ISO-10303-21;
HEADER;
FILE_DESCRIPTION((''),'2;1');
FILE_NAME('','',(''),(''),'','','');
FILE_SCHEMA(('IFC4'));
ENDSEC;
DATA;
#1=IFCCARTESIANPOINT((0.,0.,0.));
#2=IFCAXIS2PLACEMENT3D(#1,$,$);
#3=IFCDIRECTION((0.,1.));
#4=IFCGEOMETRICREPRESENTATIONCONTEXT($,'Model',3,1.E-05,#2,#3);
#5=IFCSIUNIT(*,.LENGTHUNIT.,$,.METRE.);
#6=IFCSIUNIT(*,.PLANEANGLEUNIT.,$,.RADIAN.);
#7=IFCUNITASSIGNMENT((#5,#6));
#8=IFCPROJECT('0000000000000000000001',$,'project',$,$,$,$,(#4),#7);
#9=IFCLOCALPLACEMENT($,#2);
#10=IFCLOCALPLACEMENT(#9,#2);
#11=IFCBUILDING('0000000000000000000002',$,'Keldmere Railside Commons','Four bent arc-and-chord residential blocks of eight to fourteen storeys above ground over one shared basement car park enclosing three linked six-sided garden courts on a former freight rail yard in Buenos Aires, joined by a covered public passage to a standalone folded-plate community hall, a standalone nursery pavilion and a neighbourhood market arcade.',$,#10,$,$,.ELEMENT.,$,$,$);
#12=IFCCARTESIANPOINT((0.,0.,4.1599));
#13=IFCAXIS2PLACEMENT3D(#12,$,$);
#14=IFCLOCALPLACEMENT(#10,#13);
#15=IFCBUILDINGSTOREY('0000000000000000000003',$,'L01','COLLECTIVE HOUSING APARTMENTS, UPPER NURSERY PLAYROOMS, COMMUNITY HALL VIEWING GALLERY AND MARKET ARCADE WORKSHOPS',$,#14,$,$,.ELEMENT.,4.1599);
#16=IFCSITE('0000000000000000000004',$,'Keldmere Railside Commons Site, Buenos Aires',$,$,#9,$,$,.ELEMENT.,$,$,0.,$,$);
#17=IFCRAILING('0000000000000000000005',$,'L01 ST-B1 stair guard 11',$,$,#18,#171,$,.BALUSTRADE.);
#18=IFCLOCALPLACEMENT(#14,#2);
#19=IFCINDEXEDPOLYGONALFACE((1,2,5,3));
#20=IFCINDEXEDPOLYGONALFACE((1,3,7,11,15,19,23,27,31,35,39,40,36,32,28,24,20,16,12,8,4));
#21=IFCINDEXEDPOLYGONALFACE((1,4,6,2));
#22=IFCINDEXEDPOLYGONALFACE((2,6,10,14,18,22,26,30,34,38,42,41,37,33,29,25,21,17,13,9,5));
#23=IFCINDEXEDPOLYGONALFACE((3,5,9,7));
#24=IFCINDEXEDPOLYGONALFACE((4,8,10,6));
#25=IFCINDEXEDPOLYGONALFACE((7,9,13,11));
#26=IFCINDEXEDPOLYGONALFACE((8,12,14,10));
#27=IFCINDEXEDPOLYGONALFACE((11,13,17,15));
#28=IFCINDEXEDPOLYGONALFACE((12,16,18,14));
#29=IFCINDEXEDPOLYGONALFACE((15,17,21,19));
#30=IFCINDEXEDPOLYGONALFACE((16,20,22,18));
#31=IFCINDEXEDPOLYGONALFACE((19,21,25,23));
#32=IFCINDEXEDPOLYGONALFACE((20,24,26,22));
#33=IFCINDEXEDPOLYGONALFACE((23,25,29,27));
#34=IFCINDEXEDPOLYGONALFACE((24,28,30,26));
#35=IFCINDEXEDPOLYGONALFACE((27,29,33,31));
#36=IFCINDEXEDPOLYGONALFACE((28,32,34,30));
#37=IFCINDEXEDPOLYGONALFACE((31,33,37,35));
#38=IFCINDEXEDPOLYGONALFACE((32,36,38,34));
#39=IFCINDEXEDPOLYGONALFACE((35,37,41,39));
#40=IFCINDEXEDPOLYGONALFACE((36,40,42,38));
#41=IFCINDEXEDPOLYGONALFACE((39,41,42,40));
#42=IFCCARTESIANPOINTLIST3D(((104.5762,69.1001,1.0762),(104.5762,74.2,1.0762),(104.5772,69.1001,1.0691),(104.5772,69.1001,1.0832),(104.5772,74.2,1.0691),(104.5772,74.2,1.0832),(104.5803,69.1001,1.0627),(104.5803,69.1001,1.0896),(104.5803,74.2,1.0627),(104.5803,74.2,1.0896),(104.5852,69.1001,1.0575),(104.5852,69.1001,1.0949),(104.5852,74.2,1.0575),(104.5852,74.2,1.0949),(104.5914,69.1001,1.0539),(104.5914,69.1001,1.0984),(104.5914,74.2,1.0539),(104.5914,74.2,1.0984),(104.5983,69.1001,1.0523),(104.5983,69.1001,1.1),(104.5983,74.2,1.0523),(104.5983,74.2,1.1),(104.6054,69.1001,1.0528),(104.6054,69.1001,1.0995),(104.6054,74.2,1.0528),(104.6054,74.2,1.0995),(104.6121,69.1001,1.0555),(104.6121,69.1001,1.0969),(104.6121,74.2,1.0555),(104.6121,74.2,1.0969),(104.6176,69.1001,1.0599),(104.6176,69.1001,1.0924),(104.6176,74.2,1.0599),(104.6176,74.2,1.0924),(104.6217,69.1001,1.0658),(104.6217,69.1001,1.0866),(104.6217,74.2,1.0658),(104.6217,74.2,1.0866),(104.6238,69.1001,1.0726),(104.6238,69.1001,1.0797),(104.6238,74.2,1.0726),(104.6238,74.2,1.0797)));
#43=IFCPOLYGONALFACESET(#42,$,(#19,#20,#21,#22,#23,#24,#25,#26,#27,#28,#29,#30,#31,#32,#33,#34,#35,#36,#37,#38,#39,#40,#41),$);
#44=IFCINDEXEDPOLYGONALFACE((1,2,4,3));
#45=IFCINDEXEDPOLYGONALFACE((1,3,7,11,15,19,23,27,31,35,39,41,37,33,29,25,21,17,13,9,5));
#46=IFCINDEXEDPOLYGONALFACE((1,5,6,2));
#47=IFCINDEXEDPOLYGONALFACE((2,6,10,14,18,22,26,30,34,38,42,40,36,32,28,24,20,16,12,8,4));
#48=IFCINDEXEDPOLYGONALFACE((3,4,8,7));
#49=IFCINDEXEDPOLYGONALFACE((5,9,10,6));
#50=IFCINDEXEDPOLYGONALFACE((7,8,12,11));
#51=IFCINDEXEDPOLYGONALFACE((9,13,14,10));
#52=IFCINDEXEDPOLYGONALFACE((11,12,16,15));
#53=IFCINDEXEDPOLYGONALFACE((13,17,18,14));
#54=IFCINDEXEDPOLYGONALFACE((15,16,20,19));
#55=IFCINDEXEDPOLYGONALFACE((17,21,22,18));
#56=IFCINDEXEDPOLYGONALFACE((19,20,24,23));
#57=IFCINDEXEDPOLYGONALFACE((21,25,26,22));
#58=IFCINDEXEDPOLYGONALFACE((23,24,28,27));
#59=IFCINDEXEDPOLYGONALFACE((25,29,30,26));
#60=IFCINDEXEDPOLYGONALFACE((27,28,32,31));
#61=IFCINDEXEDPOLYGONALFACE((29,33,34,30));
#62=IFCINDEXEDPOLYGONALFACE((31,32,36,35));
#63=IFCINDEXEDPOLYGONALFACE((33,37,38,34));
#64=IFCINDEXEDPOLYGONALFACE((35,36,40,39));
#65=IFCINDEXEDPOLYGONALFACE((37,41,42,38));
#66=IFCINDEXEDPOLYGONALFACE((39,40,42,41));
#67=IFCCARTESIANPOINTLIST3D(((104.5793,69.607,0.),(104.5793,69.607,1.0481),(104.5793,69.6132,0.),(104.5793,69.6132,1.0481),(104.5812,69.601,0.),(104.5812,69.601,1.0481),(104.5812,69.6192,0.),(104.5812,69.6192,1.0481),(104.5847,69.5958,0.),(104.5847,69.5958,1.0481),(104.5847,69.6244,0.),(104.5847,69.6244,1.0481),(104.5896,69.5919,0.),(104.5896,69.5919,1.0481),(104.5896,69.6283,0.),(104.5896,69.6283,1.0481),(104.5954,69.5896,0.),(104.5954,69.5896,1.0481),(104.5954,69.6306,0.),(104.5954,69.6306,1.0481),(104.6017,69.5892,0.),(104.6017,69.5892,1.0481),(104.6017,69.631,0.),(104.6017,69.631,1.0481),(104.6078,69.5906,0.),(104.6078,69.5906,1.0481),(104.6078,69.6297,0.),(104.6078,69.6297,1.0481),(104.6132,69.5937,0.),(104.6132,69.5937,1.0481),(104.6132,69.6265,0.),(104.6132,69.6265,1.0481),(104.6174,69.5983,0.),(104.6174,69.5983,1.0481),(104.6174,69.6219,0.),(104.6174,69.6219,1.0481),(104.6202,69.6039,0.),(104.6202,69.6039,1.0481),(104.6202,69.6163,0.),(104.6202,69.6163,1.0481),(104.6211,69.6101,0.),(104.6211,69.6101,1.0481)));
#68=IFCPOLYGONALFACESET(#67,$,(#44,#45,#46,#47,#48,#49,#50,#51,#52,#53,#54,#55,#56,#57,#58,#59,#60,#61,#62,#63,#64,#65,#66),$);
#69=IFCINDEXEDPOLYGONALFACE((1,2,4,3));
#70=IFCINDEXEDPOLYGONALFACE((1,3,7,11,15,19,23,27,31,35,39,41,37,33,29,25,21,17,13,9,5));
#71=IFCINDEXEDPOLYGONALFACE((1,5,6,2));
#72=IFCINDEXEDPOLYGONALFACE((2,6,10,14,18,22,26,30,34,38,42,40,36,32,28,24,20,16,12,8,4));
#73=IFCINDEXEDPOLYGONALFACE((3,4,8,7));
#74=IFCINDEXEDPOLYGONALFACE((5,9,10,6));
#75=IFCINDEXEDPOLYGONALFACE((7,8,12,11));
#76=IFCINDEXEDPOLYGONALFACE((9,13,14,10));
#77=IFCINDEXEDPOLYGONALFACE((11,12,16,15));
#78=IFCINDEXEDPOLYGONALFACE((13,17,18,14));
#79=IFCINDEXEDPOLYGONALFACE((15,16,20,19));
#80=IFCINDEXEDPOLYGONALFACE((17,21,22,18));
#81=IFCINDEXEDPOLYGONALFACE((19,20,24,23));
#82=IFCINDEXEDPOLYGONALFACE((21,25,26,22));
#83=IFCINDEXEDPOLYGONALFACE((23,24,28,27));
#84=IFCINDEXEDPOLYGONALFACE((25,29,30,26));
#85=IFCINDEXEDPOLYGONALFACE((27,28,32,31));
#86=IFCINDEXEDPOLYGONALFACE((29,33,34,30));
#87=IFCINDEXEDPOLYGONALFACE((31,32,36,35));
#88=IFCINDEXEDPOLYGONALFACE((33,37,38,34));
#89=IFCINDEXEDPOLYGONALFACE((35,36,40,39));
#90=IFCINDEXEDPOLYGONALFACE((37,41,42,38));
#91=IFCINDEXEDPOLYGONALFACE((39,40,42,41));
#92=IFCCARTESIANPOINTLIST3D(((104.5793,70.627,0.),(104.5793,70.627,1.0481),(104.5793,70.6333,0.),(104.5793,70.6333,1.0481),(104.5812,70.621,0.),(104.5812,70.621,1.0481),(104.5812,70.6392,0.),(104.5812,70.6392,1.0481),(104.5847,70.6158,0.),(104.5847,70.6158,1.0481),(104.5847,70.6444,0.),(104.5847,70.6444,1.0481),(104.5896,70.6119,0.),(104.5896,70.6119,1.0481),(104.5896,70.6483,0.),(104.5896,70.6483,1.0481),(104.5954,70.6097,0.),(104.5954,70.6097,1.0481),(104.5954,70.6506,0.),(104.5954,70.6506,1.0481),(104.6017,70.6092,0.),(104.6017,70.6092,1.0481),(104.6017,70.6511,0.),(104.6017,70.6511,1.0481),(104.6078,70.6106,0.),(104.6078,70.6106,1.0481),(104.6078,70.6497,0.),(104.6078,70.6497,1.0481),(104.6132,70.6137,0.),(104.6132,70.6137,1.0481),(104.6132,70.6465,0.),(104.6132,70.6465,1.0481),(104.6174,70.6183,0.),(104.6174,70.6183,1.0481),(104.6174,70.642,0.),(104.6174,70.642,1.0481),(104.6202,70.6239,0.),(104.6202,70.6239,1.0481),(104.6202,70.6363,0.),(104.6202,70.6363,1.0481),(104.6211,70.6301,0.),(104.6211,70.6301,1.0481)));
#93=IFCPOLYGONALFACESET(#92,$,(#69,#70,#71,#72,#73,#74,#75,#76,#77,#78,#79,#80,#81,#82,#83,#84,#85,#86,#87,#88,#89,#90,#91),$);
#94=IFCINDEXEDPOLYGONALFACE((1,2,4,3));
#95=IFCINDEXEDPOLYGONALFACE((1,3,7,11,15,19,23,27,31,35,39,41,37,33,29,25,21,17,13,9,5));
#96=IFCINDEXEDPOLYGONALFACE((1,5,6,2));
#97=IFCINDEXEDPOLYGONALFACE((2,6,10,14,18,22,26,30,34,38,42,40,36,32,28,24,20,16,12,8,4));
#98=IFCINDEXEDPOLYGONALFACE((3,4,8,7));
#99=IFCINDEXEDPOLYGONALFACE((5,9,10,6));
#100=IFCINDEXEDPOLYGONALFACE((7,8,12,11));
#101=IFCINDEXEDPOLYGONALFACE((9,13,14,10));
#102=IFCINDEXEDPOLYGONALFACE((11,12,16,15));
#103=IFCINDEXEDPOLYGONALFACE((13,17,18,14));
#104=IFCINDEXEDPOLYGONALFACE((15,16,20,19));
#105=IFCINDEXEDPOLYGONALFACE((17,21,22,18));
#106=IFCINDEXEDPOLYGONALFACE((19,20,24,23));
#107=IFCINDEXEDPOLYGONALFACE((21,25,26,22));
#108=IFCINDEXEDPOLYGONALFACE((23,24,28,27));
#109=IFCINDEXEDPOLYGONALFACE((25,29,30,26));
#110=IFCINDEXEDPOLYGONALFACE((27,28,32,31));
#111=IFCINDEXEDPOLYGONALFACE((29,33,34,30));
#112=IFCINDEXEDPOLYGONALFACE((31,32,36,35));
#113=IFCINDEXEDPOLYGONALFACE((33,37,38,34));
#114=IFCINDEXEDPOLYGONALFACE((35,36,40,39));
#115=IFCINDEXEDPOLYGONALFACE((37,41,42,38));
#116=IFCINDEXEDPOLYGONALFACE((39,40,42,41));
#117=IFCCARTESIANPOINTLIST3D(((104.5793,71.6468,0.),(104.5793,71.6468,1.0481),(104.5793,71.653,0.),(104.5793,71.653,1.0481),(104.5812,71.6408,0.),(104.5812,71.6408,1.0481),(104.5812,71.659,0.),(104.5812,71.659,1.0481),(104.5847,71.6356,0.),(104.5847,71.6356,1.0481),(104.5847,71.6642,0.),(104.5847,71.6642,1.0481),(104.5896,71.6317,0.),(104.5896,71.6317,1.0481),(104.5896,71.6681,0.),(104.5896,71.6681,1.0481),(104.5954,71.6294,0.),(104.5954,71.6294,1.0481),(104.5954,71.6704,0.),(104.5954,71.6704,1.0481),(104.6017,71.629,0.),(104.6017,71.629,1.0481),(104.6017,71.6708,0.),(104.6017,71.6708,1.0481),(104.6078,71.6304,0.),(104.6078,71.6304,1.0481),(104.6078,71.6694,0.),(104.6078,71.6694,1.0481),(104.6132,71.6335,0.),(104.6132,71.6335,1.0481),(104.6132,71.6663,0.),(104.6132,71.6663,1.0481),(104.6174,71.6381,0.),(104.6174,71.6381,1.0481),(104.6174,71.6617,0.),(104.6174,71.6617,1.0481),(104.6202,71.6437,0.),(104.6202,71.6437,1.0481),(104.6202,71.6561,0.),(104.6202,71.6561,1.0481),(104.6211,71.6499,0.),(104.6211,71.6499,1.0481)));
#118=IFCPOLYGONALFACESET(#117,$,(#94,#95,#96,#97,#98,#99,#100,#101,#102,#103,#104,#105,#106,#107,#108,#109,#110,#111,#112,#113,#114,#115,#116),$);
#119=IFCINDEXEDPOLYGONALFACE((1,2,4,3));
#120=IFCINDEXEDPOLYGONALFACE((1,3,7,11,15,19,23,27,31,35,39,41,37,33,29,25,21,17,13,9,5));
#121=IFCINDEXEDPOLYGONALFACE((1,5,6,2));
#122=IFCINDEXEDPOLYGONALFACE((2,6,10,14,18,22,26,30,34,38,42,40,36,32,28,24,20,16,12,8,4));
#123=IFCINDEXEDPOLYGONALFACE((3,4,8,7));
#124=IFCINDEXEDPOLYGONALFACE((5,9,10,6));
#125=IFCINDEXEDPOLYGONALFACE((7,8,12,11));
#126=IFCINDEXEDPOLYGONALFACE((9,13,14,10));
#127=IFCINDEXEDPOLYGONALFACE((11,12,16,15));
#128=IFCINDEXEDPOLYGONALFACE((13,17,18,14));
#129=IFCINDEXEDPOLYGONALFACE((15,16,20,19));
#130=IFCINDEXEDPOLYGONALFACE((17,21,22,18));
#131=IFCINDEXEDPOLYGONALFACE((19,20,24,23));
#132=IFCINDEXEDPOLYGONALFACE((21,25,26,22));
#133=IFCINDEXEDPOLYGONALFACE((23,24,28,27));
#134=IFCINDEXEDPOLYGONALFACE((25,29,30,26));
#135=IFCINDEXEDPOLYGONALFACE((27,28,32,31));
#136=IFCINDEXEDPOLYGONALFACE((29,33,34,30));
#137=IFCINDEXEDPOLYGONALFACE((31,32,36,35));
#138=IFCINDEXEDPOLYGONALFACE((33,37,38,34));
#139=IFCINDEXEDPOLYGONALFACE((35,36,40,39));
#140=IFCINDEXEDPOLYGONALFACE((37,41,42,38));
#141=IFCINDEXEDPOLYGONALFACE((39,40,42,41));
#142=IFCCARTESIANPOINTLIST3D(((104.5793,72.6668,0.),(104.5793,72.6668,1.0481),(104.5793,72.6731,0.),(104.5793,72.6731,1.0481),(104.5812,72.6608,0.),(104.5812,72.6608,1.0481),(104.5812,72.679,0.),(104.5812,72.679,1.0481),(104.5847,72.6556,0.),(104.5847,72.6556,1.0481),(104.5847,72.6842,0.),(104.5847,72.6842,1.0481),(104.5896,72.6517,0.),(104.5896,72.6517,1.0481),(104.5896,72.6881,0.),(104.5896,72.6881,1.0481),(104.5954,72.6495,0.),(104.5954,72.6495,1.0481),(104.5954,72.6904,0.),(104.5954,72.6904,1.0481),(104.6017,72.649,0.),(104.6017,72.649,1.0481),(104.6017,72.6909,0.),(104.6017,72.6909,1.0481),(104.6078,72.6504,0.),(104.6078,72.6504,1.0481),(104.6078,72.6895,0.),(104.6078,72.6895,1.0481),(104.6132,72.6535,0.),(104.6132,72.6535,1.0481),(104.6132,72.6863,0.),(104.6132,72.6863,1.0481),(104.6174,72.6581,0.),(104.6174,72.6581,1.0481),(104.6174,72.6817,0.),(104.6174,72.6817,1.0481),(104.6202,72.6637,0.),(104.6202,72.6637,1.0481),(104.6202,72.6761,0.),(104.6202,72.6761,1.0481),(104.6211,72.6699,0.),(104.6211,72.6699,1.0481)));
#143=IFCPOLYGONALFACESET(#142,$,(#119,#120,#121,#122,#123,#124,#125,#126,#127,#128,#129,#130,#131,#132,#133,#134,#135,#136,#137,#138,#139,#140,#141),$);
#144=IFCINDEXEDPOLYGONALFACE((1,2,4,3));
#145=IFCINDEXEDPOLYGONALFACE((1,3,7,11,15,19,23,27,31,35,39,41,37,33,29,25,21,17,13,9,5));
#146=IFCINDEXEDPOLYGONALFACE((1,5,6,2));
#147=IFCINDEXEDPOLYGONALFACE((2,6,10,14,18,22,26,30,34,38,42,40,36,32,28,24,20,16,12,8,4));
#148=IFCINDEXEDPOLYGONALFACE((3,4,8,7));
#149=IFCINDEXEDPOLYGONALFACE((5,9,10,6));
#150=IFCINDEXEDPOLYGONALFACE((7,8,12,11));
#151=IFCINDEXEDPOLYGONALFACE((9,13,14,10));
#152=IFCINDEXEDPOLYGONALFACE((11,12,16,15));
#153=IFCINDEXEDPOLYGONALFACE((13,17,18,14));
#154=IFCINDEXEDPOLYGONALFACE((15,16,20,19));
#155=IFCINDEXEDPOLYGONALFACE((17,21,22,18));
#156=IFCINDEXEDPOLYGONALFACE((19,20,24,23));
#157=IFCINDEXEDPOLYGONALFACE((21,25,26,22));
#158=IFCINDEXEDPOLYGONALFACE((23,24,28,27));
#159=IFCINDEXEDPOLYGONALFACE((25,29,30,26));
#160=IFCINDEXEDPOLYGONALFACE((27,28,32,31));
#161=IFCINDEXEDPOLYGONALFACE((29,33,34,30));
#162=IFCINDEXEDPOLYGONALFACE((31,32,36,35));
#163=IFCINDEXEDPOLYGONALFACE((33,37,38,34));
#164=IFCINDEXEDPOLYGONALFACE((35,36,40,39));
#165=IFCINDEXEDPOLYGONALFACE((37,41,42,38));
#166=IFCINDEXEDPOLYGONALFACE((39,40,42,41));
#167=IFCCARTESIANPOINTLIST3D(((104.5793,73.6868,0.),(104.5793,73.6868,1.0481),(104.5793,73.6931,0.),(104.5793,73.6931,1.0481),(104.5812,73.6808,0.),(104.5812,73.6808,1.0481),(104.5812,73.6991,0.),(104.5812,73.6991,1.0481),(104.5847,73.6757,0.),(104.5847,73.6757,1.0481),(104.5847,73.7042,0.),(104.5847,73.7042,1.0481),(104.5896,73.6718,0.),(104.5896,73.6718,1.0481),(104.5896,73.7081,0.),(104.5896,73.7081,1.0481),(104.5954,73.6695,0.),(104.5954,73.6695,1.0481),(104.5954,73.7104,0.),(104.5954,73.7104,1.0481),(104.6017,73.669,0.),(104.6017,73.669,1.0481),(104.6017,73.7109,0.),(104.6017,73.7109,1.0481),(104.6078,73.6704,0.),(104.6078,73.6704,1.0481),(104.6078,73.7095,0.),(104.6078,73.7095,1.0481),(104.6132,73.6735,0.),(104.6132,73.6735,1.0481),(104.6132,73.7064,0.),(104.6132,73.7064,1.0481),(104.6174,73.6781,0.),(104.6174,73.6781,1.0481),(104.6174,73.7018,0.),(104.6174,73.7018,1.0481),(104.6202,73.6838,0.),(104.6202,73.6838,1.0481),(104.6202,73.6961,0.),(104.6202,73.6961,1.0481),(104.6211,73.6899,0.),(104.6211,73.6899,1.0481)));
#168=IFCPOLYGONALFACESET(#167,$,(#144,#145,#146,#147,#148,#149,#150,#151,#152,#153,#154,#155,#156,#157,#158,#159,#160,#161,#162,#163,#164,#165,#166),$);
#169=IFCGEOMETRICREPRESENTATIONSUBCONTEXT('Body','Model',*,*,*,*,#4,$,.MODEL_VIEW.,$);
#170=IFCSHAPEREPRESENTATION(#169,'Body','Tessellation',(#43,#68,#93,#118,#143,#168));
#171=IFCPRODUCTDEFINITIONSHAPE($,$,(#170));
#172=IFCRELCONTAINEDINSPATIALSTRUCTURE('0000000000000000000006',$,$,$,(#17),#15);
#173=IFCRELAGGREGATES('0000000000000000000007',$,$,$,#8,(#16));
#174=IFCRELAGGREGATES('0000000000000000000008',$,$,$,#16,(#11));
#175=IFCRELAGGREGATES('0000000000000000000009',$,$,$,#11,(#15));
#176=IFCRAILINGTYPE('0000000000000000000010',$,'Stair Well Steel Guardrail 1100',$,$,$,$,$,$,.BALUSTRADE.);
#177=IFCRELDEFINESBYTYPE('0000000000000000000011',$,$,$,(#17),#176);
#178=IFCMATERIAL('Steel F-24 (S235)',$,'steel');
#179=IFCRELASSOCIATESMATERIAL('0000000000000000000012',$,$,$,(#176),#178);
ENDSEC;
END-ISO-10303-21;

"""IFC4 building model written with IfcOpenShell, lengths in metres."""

from ifc_helpers import new_model, si_unit, direction, frame, origin, origin_2d, place, context, subcontext, project, spatial, circle, extrude, material, type_object, element, save


model = new_model("IFC4")

# Units and contexts
model_context = context("Model", 3, precision=1e-05, world=origin(), true_north=direction((0.0, 1.0)))
body_context = subcontext(model_context, "Body", "Model", "MODEL_VIEW")
ifc_project = project(units=[si_unit("LENGTHUNIT", "METRE"), si_unit("PLANEANGLEUNIT", "RADIAN")], contexts=[model_context])

# Site, building, storey
site_placement = place(None, origin())
site = spatial("IfcSite", under=ifc_project, at=site_placement, Name="Keldmere Railside Commons Site, Buenos Aires", CompositionType="ELEMENT", RefElevation=0.0)
building_placement = place(site_placement, origin())
building = spatial("IfcBuilding", under=site, at=building_placement, Name="Keldmere Railside Commons", Description="Four bent arc-and-chord residential blocks of eight to fourteen storeys above ground over one shared basement car park enclosing three linked six-sided garden courts on a former freight rail yard in Buenos Aires, joined by a covered public passage to a standalone folded-plate community hall, a standalone nursery pavilion and a neighbourhood market arcade.", CompositionType="ELEMENT")
storey_placement = place(building_placement, frame((0.0, 0.0, 4.1599)))
storey = spatial("IfcBuildingStorey", under=building, at=storey_placement, Name="L01", Description="COLLECTIVE HOUSING APARTMENTS, UPPER NURSERY PLAYROOMS, COMMUNITY HALL VIEWING GALLERY AND MARKET ARCADE WORKSHOPS", CompositionType="ELEMENT", Elevation=4.1599)

# Railing
ifc_material_1 = material(Name="Steel F-24 (S235)", Category="steel")
railing_type_1 = type_object("IfcRailingType", Name="Stair Well Steel Guardrail 1100", PredefinedType="BALUSTRADE", material=ifc_material_1)
for number, where, name in (
    (1, (104.6001, 69.1001, 0.0), "L01 ST-B1 stair guard 11"),
):
    element("IfcRailing", number, at=place(storey_placement, frame(where)), inside=storey, type_object=railing_type_1, Name=name, PredefinedType="BALUSTRADE", context=body_context, shape_type="SweptSolid", body=[
        extrude(circle(Radius=0.0239, at=origin_2d()), frame((0.0, 0.0, 1.0762), z_axis=(0.0, 1.0, 0.0), x_axis=(-1.0, 0.0, 0.0)), (0.0, 0.0, 1.0), 5.0999),
        extrude(circle(Radius=0.021, at=origin_2d()), frame((0.0, 0.51, 0.0)), (0.0, 0.0, 1.0), 1.0481),
        extrude(circle(Radius=0.021, at=origin_2d()), frame((0.0, 1.53, 0.0)), (0.0, 0.0, 1.0), 1.0481),
        extrude(circle(Radius=0.021, at=origin_2d()), frame((0.0, 2.5498, 0.0)), (0.0, 0.0, 1.0), 1.0481),
        extrude(circle(Radius=0.021, at=origin_2d()), frame((0.0, 3.5698, 0.0)), (0.0, 0.0, 1.0), 1.0481),
        extrude(circle(Radius=0.021, at=origin_2d()), frame((0.0, 4.5898, 0.0)), (0.0, 0.0, 1.0), 1.0481),
    ])

save(model, "model.ifc")
